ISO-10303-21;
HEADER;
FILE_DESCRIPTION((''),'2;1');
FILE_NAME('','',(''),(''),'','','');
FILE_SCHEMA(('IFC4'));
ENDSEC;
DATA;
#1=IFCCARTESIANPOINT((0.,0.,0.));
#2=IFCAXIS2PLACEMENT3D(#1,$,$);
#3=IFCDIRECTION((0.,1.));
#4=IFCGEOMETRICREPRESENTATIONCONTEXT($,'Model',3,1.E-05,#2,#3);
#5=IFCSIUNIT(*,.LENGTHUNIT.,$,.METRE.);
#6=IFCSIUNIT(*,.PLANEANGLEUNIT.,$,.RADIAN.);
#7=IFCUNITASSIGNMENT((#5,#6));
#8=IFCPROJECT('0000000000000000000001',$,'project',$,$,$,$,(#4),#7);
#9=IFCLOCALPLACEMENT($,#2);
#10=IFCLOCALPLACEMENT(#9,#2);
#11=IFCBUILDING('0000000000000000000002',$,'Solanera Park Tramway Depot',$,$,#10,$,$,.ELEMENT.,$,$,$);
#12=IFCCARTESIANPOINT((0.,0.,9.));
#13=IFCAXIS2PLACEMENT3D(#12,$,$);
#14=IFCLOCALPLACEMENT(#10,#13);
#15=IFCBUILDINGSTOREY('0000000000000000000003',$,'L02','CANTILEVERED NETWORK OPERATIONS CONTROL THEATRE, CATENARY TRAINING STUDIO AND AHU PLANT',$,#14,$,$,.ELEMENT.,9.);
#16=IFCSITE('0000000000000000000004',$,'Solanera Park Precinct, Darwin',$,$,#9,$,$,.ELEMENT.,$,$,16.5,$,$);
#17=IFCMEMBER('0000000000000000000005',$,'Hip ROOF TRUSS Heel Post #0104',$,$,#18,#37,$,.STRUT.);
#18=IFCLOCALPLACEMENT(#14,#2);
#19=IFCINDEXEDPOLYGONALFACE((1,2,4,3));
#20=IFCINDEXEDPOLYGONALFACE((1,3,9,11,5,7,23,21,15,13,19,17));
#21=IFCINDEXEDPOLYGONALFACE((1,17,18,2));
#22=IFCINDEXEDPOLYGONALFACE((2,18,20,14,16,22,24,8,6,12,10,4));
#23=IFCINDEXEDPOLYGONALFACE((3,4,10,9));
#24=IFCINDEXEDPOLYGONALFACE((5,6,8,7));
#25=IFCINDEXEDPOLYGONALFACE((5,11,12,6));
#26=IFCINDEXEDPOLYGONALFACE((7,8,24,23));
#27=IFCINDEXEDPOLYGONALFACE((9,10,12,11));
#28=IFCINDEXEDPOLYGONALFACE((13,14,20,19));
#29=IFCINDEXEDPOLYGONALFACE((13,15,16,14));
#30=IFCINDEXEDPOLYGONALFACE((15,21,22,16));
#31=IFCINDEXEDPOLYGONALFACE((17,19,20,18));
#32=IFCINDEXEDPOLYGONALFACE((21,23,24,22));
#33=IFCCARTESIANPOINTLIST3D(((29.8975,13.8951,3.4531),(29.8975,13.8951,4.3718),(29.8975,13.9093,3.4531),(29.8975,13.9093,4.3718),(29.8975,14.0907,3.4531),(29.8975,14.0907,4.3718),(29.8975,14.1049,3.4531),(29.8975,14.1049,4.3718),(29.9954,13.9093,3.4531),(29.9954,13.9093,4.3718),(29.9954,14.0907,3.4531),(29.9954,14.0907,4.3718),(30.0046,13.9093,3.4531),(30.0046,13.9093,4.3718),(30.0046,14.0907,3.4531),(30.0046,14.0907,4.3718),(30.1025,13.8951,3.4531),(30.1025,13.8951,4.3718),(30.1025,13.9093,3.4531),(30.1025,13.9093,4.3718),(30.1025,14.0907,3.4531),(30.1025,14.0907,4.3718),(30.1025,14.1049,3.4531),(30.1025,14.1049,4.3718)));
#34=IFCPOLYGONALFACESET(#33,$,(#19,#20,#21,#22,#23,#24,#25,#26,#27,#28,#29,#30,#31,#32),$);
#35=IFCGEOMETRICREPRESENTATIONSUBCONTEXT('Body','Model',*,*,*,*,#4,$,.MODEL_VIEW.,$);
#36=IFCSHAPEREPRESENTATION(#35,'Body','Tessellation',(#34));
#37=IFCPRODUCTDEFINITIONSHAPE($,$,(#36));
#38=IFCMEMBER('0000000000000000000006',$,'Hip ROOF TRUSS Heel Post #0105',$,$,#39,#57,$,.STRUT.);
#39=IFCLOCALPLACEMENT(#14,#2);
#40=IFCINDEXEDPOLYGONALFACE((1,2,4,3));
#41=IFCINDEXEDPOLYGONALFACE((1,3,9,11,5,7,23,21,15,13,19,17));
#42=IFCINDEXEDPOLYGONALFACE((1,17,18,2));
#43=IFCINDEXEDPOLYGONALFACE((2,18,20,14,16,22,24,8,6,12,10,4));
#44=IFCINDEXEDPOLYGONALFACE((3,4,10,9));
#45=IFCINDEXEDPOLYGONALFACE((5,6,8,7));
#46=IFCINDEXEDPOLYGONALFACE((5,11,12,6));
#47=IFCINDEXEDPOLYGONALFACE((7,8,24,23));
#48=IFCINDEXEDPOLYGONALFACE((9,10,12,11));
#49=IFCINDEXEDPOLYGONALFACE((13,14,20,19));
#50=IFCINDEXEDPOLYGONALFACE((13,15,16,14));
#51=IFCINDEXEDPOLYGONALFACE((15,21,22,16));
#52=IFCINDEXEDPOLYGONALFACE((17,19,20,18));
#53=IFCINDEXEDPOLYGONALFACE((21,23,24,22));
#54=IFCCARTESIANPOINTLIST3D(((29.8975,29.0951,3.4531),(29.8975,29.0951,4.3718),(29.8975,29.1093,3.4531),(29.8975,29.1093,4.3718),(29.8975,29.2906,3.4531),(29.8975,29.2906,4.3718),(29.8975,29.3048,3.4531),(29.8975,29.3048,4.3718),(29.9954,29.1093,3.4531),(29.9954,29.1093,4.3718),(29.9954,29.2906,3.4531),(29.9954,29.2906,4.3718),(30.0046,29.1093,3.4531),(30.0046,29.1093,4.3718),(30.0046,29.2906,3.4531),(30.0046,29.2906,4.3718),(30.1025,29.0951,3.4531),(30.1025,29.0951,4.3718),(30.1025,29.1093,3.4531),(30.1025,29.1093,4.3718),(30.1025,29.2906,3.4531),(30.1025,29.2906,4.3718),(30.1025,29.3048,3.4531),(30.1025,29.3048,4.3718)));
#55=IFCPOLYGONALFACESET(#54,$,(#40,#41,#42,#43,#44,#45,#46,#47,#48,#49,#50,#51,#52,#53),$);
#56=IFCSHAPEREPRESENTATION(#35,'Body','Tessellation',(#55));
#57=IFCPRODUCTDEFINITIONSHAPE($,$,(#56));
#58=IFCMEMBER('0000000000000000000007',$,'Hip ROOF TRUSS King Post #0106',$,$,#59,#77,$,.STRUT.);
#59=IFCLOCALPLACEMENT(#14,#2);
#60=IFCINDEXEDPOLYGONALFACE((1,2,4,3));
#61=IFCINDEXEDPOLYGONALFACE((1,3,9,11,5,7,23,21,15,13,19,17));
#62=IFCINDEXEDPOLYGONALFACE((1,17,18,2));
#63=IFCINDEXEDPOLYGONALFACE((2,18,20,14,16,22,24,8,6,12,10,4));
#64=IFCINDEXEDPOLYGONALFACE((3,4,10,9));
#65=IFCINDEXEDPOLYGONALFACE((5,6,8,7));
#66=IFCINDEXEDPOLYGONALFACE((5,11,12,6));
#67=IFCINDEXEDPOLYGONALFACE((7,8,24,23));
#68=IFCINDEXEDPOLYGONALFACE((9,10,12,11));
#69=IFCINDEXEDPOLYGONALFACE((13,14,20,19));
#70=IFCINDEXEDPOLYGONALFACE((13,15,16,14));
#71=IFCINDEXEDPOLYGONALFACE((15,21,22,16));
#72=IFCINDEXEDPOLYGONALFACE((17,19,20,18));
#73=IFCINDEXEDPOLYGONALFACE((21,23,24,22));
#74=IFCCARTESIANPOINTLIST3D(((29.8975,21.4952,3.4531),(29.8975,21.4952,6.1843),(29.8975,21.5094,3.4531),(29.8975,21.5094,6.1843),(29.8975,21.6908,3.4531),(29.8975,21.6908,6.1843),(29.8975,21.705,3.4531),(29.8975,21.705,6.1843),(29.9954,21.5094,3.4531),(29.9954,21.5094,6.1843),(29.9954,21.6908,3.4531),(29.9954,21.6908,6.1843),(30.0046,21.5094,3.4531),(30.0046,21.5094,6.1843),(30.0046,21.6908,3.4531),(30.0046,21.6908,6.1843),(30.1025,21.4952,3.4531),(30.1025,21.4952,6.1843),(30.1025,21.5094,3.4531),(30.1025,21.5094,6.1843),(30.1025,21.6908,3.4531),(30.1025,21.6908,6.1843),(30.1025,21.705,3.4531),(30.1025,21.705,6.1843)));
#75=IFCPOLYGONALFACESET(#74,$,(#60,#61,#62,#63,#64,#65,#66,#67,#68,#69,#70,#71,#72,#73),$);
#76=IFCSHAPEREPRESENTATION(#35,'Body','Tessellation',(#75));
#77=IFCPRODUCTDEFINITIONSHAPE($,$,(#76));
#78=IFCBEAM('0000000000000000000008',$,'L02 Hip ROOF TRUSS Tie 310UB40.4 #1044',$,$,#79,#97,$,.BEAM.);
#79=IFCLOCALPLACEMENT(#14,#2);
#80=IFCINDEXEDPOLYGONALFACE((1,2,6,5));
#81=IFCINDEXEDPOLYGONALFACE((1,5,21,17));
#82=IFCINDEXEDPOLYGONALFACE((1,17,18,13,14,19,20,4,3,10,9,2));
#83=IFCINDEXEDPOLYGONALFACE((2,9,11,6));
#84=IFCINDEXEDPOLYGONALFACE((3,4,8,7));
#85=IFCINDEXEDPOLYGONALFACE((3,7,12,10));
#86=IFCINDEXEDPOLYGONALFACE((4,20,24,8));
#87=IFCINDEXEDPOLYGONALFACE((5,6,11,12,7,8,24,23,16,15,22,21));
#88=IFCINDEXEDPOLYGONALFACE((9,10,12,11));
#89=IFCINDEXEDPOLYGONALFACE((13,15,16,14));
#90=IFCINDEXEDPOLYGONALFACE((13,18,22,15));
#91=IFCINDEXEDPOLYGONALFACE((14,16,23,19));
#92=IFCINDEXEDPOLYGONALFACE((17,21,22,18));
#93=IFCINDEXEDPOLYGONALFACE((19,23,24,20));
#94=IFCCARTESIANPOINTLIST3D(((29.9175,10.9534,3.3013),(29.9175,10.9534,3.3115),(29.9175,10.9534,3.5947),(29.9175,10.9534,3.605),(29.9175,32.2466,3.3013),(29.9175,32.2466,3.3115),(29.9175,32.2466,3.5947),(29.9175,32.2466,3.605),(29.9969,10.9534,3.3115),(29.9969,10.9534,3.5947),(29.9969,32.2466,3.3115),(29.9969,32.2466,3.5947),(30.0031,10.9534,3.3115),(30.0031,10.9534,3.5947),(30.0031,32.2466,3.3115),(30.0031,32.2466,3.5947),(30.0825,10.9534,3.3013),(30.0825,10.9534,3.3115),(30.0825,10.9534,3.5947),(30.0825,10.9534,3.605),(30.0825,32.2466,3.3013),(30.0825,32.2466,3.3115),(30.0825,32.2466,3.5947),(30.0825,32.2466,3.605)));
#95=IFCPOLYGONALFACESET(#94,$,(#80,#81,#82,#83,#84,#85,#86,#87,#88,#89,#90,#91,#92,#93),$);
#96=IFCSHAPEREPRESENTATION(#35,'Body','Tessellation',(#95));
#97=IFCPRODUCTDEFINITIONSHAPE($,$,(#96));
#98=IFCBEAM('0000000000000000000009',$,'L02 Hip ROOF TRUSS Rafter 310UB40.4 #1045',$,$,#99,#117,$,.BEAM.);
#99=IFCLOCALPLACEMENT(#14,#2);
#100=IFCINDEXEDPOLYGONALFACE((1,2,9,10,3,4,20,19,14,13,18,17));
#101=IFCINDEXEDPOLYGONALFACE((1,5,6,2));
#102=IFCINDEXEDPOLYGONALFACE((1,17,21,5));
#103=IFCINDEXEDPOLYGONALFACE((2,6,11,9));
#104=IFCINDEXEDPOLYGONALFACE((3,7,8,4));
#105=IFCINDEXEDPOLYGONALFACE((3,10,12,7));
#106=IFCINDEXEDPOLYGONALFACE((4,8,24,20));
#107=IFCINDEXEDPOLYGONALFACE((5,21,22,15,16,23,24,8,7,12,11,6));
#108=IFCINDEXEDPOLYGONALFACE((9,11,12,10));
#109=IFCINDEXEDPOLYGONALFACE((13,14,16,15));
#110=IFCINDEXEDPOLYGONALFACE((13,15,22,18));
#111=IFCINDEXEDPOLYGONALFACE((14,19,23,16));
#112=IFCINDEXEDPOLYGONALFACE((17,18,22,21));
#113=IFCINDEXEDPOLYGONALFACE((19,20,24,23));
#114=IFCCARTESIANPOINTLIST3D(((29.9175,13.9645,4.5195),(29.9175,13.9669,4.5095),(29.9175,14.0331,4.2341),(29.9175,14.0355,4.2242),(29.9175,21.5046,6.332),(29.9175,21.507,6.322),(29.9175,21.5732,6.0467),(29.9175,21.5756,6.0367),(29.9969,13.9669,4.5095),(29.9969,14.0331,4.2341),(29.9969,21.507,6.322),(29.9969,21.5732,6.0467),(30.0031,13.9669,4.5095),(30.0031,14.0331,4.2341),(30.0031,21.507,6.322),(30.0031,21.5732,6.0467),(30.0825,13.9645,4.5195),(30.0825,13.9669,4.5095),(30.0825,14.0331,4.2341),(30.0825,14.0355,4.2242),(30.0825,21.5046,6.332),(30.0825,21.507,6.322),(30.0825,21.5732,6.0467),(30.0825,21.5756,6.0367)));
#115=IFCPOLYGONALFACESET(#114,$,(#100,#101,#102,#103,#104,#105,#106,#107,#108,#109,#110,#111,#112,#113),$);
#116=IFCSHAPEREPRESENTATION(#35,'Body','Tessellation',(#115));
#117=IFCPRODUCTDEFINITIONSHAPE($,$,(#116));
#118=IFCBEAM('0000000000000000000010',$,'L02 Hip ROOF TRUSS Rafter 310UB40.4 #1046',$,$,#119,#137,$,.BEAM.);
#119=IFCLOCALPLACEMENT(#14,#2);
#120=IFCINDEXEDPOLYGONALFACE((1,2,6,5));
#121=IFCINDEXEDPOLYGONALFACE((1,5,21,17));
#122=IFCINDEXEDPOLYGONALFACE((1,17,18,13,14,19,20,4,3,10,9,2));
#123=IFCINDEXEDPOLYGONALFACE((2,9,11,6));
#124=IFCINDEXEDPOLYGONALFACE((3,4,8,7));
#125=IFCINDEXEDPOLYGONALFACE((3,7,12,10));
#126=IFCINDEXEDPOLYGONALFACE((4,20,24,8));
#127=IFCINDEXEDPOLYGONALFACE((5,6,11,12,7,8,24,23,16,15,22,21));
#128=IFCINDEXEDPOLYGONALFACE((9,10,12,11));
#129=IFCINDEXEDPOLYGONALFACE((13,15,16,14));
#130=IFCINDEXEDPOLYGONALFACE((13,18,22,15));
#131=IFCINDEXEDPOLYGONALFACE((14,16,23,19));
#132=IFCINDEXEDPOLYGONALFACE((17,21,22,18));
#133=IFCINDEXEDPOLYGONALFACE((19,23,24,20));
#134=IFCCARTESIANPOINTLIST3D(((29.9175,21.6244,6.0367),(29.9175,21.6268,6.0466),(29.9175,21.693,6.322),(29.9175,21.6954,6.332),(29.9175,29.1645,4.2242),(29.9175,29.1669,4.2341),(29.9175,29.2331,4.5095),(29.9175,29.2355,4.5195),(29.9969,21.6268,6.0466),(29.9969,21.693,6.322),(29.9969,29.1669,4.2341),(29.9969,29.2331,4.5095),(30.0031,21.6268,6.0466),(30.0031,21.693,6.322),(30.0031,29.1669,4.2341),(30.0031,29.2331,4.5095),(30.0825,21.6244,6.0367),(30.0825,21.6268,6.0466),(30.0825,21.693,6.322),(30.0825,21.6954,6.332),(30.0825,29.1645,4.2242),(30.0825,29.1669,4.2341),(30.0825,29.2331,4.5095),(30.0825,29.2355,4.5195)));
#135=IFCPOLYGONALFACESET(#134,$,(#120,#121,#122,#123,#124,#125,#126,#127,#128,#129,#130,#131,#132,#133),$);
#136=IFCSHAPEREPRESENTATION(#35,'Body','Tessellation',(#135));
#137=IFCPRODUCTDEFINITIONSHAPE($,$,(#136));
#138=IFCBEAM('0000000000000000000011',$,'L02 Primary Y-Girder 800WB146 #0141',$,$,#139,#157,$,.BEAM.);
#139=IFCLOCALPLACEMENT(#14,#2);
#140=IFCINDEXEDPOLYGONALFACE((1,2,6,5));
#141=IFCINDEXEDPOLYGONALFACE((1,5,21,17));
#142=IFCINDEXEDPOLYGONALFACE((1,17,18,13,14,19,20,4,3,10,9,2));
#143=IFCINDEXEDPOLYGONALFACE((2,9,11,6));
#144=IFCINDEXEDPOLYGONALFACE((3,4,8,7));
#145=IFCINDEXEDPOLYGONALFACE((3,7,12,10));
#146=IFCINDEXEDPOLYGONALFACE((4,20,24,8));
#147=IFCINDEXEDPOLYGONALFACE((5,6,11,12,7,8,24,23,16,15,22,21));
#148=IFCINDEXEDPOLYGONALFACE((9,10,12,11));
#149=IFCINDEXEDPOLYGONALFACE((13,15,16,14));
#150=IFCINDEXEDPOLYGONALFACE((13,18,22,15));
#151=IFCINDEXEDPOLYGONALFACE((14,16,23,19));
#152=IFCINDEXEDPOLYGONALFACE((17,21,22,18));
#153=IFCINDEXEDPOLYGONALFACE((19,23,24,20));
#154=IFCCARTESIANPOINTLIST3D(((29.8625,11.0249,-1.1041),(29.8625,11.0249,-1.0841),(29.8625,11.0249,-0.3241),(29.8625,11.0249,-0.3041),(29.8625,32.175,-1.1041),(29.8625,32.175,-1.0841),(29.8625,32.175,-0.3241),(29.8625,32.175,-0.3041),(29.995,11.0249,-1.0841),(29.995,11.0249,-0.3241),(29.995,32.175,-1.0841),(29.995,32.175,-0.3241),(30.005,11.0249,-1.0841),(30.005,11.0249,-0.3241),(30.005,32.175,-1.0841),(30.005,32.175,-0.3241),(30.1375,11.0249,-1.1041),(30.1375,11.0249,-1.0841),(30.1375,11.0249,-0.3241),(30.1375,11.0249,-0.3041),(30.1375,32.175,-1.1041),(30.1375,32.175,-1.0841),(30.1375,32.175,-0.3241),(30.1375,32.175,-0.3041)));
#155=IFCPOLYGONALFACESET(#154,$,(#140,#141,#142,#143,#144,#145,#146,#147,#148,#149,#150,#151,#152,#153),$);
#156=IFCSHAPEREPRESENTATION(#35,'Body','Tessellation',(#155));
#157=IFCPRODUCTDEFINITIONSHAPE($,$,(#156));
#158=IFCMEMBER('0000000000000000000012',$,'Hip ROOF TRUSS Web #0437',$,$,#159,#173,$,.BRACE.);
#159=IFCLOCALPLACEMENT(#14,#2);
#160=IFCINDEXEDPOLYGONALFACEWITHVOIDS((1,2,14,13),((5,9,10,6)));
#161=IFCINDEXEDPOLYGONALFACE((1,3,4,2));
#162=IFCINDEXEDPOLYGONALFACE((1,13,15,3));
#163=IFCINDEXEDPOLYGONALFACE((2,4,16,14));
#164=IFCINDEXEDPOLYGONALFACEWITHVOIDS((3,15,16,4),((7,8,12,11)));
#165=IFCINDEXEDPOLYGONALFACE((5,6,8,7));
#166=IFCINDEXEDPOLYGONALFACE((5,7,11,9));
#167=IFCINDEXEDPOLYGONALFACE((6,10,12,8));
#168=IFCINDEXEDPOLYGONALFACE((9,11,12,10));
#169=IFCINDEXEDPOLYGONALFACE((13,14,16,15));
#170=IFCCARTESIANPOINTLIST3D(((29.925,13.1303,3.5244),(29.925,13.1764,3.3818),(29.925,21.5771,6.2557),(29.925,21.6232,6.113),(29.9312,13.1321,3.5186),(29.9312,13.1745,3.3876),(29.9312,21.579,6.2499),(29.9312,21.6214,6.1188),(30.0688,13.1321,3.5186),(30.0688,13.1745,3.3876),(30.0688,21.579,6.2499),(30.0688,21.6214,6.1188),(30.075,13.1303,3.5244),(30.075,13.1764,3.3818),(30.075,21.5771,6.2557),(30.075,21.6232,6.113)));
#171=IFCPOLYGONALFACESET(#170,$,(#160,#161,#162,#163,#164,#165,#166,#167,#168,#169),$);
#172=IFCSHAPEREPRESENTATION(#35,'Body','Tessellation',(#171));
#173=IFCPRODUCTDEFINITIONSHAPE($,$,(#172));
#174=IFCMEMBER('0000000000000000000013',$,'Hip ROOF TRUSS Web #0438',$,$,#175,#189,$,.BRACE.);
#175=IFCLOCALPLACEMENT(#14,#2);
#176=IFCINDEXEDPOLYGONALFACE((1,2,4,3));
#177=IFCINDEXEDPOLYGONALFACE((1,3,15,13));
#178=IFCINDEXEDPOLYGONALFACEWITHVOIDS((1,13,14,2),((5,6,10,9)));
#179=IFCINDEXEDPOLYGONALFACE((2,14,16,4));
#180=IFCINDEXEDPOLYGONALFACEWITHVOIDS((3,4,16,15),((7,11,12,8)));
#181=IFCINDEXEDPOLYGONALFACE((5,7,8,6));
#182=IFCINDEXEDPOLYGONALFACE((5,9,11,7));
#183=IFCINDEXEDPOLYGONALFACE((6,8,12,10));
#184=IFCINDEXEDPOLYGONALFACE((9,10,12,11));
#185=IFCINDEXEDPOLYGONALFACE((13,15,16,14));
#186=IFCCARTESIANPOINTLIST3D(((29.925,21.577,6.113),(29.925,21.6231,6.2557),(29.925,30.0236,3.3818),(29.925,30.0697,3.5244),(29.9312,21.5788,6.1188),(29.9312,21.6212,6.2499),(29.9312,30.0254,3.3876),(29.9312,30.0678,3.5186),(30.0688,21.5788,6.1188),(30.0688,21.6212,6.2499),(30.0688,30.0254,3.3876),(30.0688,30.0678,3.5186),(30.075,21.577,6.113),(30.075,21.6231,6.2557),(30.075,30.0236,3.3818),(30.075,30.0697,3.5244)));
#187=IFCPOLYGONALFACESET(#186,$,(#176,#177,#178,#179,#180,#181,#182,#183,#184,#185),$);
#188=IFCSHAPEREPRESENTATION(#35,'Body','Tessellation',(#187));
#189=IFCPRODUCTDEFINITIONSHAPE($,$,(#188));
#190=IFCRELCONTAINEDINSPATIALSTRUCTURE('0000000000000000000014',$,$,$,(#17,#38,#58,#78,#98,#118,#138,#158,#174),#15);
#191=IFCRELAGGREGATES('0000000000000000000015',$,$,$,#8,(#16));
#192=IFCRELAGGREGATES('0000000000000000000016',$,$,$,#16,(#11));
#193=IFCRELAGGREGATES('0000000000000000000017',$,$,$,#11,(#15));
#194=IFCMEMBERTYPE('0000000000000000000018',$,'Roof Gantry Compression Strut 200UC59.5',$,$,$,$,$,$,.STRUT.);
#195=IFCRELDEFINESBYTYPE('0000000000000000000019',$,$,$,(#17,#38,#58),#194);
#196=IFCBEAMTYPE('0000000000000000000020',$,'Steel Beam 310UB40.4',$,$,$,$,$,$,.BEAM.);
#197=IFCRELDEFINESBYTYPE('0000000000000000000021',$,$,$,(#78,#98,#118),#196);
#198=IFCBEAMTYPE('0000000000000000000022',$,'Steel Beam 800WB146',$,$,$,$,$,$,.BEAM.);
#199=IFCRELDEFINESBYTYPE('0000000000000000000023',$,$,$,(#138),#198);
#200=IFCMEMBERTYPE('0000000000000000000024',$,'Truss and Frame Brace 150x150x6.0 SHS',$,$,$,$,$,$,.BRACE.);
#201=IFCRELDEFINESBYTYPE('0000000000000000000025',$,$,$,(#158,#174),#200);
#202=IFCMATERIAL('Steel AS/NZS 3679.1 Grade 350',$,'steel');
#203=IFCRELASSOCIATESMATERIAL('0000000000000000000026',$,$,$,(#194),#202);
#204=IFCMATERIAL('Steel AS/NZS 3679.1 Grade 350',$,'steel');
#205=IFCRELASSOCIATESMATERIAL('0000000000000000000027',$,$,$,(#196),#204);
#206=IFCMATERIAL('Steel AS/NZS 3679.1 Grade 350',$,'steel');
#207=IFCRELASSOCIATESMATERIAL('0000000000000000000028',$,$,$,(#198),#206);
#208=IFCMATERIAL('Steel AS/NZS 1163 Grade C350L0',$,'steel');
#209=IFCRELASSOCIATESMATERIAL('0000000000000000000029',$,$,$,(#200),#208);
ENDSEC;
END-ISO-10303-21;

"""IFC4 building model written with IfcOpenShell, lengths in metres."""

from ifc_helpers import new_model, si_unit, direction, frame, origin, origin_2d, place, context, subcontext, project, spatial, hollow_rectangle, i_section, extrude, material, material_profile, profile_set, type_object, element, save


model = new_model("IFC4")

# Units and contexts
model_context = context("Model", 3, precision=1e-05, world=origin(), true_north=direction((0.0, 1.0)))
body_context = subcontext(model_context, "Body", "Model", "MODEL_VIEW")
ifc_project = project(units=[si_unit("LENGTHUNIT", "METRE"), si_unit("PLANEANGLEUNIT", "RADIAN")], contexts=[model_context])

# Site, building, storey
site_placement = place(None, origin())
site = spatial("IfcSite", under=ifc_project, at=site_placement, Name="Solanera Park Precinct, Darwin", CompositionType="ELEMENT", RefElevation=16.5)
building_placement = place(site_placement, origin())
building = spatial("IfcBuilding", under=site, at=building_placement, Name="Solanera Park Tramway Depot", CompositionType="ELEMENT")
storey_placement = place(building_placement, frame((0.0, 0.0, 9.0)))
storey = spatial("IfcBuildingStorey", under=building, at=storey_placement, Name="L02", Description="CANTILEVERED NETWORK OPERATIONS CONTROL THEATRE, CATENARY TRAINING STUDIO AND AHU PLANT", CompositionType="ELEMENT", Elevation=9.0)

# Members
ifc_material_1 = material(Name="Steel AS/NZS 3679.1 Grade 350", Category="steel")
ifc_material_profile_1 = material_profile(ifc_material_1, i_section(OverallWidth=0.2051, OverallDepth=0.2097, WebThickness=0.0093, FlangeThickness=0.0142, at=origin_2d()), Name="200UC59.5")
ifc_profile_set_1 = profile_set([ifc_material_profile_1], Name="Steel AS/NZS 3679.1 Grade 350")
member_type_1 = type_object("IfcMemberType", Name="Roof Gantry Compression Strut 200UC59.5", PredefinedType="STRUT", material=ifc_profile_set_1)
for number, where, z_axis, x_axis, name in (
    (1, (30.0, 14.0, 3.4531), (0.0, 0.0, 1.0), (1.0, 0.0, 0.0), "Hip ROOF TRUSS Heel Post #0104"),
    (2, (30.0, 29.2, 3.4531), (0.0, 0.0, 1.0), (1.0, 0.0, 0.0), "Hip ROOF TRUSS Heel Post #0105"),
):
    element("IfcMember", number, at=place(storey_placement, frame(where, z_axis=z_axis, x_axis=x_axis)), inside=storey, type_object=member_type_1, Name=name, PredefinedType="STRUT", context=body_context, shape_type="SweptSolid", body=[
        extrude(i_section(OverallWidth=0.2051, OverallDepth=0.2097, WebThickness=0.0093, FlangeThickness=0.0142, at=origin_2d()), origin(), (0.0, 0.0, 1.0), 0.9187),
    ])
member_1_placement = place(storey_placement, frame((30.0, 21.6001, 3.4531), z_axis=(0.0, 0.0, 1.0), x_axis=(1.0, 0.0, 0.0)))
element("IfcMember", 3, at=member_1_placement, inside=storey, type_object=member_type_1, Name="Hip ROOF TRUSS King Post #0106", PredefinedType="STRUT", context=body_context, shape_type="SweptSolid", body=[
    extrude(i_section(OverallWidth=0.2051, OverallDepth=0.2097, WebThickness=0.0093, FlangeThickness=0.0142, at=origin_2d()), origin(), (0.0, 0.0, 1.0), 2.7312),
])

# Beams
ifc_material_2 = material(Name="Steel AS/NZS 3679.1 Grade 350", Category="steel")
ifc_material_profile_2 = material_profile(ifc_material_2, i_section(OverallWidth=0.165, OverallDepth=0.3037, WebThickness=0.0061, FlangeThickness=0.0103, at=origin_2d()), Name="310UB40.4")
ifc_profile_set_2 = profile_set([ifc_material_profile_2], Name="Steel AS/NZS 3679.1 Grade 350")
beam_type_1 = type_object("IfcBeamType", Name="Steel Beam 310UB40.4", PredefinedType="BEAM", material=ifc_profile_set_2)
beam_1_placement = place(storey_placement, frame((30.0, 10.9534, 3.4531), z_axis=(0.0, 1.0, 0.0), x_axis=(-1.0, 0.0, 0.0)))
element("IfcBeam", 4, at=beam_1_placement, inside=storey, type_object=beam_type_1, Name="L02 Hip ROOF TRUSS Tie 310UB40.4 #1044", PredefinedType="BEAM", context=body_context, shape_type="SweptSolid", body=[
    extrude(i_section(OverallWidth=0.165, OverallDepth=0.3037, WebThickness=0.0061, FlangeThickness=0.0103, at=origin_2d()), origin(), (0.0, 0.0, 1.0), 21.2932),
])
for number, where, z_axis, x_axis, name in (
    (5, (30.0, 14.0, 4.3718), (0.0, 0.972303, 0.233725), (-1.0, 0.0, 0.0), "L02 Hip ROOF TRUSS Rafter 310UB40.4 #1045"),
    (6, (30.0, 21.6599, 6.1843), (0.0, 0.972303, -0.233725), (-1.0, 0.0, 0.0), "L02 Hip ROOF TRUSS Rafter 310UB40.4 #1046"),
):
    element("IfcBeam", number, at=place(storey_placement, frame(where, z_axis=z_axis, x_axis=x_axis)), inside=storey, type_object=beam_type_1, Name=name, PredefinedType="BEAM", context=body_context, shape_type="SweptSolid", body=[
        extrude(i_section(OverallWidth=0.165, OverallDepth=0.3037, WebThickness=0.0061, FlangeThickness=0.0103, at=origin_2d()), origin(), (0.0, 0.0, 1.0), 7.7549),
    ])
ifc_material_3 = material(Name="Steel AS/NZS 3679.1 Grade 350", Category="steel")
ifc_material_profile_3 = material_profile(ifc_material_3, i_section(OverallWidth=0.2749, OverallDepth=0.8, WebThickness=0.01, FlangeThickness=0.02, at=origin_2d()), Name="800WB146")
ifc_profile_set_3 = profile_set([ifc_material_profile_3], Name="Steel AS/NZS 3679.1 Grade 350")
beam_type_2 = type_object("IfcBeamType", Name="Steel Beam 800WB146", PredefinedType="BEAM", material=ifc_profile_set_3)
beam_2_placement = place(storey_placement, frame((30.0, 11.0249, -0.7041), z_axis=(0.0, 1.0, 0.0), x_axis=(-1.0, 0.0, 0.0)))
element("IfcBeam", 7, at=beam_2_placement, inside=storey, type_object=beam_type_2, Name="L02 Primary Y-Girder 800WB146 #0141", PredefinedType="BEAM", context=body_context, shape_type="SweptSolid", body=[
    extrude(i_section(OverallWidth=0.2749, OverallDepth=0.8, WebThickness=0.01, FlangeThickness=0.02, at=origin_2d()), origin(), (0.0, 0.0, 1.0), 21.1501),
])

# Members
ifc_material_4 = material(Name="Steel AS/NZS 1163 Grade C350L0", Category="steel")
ifc_material_profile_4 = material_profile(ifc_material_4, hollow_rectangle(XDim=0.1499, YDim=0.1499, WallThickness=0.0061, at=origin_2d()), Name="150x150x6.0 SHS")
ifc_profile_set_4 = profile_set([ifc_material_profile_4], Name="Steel AS/NZS 1163 Grade C350L0")
member_type_2 = type_object("IfcMemberType", Name="Truss and Frame Brace 150x150x6.0 SHS", PredefinedType="BRACE", material=ifc_profile_set_4)
member_2_placement = place(storey_placement, frame((30.0, 13.1533, 3.4531), z_axis=(0.0, 0.951497, 0.307659), x_axis=(-1.0, 0.0, 0.0)))
element("IfcMember", 8, at=member_2_placement, inside=storey, type_object=member_type_2, Name="Hip ROOF TRUSS Web #0437", PredefinedType="BRACE", context=body_context, shape_type="SweptSolid", body=[
    extrude(hollow_rectangle(XDim=0.1499, YDim=0.1499, WallThickness=0.0061, at=origin_2d()), origin(), (0.0, 0.0, 1.0), 8.8774),
])
member_3_placement = place(storey_placement, frame((30.0, 30.0466, 3.4531), z_axis=(0.0, -0.951494, 0.307667), x_axis=(1.0, 0.0, 0.0)))
element("IfcMember", 9, at=member_3_placement, inside=storey, type_object=member_type_2, Name="Hip ROOF TRUSS Web #0438", PredefinedType="BRACE", context=body_context, shape_type="SweptSolid", body=[
    extrude(hollow_rectangle(XDim=0.1499, YDim=0.1499, WallThickness=0.0061, at=origin_2d()), origin(), (0.0, 0.0, 1.0), 8.8772),
])

save(model, "model.ifc")
